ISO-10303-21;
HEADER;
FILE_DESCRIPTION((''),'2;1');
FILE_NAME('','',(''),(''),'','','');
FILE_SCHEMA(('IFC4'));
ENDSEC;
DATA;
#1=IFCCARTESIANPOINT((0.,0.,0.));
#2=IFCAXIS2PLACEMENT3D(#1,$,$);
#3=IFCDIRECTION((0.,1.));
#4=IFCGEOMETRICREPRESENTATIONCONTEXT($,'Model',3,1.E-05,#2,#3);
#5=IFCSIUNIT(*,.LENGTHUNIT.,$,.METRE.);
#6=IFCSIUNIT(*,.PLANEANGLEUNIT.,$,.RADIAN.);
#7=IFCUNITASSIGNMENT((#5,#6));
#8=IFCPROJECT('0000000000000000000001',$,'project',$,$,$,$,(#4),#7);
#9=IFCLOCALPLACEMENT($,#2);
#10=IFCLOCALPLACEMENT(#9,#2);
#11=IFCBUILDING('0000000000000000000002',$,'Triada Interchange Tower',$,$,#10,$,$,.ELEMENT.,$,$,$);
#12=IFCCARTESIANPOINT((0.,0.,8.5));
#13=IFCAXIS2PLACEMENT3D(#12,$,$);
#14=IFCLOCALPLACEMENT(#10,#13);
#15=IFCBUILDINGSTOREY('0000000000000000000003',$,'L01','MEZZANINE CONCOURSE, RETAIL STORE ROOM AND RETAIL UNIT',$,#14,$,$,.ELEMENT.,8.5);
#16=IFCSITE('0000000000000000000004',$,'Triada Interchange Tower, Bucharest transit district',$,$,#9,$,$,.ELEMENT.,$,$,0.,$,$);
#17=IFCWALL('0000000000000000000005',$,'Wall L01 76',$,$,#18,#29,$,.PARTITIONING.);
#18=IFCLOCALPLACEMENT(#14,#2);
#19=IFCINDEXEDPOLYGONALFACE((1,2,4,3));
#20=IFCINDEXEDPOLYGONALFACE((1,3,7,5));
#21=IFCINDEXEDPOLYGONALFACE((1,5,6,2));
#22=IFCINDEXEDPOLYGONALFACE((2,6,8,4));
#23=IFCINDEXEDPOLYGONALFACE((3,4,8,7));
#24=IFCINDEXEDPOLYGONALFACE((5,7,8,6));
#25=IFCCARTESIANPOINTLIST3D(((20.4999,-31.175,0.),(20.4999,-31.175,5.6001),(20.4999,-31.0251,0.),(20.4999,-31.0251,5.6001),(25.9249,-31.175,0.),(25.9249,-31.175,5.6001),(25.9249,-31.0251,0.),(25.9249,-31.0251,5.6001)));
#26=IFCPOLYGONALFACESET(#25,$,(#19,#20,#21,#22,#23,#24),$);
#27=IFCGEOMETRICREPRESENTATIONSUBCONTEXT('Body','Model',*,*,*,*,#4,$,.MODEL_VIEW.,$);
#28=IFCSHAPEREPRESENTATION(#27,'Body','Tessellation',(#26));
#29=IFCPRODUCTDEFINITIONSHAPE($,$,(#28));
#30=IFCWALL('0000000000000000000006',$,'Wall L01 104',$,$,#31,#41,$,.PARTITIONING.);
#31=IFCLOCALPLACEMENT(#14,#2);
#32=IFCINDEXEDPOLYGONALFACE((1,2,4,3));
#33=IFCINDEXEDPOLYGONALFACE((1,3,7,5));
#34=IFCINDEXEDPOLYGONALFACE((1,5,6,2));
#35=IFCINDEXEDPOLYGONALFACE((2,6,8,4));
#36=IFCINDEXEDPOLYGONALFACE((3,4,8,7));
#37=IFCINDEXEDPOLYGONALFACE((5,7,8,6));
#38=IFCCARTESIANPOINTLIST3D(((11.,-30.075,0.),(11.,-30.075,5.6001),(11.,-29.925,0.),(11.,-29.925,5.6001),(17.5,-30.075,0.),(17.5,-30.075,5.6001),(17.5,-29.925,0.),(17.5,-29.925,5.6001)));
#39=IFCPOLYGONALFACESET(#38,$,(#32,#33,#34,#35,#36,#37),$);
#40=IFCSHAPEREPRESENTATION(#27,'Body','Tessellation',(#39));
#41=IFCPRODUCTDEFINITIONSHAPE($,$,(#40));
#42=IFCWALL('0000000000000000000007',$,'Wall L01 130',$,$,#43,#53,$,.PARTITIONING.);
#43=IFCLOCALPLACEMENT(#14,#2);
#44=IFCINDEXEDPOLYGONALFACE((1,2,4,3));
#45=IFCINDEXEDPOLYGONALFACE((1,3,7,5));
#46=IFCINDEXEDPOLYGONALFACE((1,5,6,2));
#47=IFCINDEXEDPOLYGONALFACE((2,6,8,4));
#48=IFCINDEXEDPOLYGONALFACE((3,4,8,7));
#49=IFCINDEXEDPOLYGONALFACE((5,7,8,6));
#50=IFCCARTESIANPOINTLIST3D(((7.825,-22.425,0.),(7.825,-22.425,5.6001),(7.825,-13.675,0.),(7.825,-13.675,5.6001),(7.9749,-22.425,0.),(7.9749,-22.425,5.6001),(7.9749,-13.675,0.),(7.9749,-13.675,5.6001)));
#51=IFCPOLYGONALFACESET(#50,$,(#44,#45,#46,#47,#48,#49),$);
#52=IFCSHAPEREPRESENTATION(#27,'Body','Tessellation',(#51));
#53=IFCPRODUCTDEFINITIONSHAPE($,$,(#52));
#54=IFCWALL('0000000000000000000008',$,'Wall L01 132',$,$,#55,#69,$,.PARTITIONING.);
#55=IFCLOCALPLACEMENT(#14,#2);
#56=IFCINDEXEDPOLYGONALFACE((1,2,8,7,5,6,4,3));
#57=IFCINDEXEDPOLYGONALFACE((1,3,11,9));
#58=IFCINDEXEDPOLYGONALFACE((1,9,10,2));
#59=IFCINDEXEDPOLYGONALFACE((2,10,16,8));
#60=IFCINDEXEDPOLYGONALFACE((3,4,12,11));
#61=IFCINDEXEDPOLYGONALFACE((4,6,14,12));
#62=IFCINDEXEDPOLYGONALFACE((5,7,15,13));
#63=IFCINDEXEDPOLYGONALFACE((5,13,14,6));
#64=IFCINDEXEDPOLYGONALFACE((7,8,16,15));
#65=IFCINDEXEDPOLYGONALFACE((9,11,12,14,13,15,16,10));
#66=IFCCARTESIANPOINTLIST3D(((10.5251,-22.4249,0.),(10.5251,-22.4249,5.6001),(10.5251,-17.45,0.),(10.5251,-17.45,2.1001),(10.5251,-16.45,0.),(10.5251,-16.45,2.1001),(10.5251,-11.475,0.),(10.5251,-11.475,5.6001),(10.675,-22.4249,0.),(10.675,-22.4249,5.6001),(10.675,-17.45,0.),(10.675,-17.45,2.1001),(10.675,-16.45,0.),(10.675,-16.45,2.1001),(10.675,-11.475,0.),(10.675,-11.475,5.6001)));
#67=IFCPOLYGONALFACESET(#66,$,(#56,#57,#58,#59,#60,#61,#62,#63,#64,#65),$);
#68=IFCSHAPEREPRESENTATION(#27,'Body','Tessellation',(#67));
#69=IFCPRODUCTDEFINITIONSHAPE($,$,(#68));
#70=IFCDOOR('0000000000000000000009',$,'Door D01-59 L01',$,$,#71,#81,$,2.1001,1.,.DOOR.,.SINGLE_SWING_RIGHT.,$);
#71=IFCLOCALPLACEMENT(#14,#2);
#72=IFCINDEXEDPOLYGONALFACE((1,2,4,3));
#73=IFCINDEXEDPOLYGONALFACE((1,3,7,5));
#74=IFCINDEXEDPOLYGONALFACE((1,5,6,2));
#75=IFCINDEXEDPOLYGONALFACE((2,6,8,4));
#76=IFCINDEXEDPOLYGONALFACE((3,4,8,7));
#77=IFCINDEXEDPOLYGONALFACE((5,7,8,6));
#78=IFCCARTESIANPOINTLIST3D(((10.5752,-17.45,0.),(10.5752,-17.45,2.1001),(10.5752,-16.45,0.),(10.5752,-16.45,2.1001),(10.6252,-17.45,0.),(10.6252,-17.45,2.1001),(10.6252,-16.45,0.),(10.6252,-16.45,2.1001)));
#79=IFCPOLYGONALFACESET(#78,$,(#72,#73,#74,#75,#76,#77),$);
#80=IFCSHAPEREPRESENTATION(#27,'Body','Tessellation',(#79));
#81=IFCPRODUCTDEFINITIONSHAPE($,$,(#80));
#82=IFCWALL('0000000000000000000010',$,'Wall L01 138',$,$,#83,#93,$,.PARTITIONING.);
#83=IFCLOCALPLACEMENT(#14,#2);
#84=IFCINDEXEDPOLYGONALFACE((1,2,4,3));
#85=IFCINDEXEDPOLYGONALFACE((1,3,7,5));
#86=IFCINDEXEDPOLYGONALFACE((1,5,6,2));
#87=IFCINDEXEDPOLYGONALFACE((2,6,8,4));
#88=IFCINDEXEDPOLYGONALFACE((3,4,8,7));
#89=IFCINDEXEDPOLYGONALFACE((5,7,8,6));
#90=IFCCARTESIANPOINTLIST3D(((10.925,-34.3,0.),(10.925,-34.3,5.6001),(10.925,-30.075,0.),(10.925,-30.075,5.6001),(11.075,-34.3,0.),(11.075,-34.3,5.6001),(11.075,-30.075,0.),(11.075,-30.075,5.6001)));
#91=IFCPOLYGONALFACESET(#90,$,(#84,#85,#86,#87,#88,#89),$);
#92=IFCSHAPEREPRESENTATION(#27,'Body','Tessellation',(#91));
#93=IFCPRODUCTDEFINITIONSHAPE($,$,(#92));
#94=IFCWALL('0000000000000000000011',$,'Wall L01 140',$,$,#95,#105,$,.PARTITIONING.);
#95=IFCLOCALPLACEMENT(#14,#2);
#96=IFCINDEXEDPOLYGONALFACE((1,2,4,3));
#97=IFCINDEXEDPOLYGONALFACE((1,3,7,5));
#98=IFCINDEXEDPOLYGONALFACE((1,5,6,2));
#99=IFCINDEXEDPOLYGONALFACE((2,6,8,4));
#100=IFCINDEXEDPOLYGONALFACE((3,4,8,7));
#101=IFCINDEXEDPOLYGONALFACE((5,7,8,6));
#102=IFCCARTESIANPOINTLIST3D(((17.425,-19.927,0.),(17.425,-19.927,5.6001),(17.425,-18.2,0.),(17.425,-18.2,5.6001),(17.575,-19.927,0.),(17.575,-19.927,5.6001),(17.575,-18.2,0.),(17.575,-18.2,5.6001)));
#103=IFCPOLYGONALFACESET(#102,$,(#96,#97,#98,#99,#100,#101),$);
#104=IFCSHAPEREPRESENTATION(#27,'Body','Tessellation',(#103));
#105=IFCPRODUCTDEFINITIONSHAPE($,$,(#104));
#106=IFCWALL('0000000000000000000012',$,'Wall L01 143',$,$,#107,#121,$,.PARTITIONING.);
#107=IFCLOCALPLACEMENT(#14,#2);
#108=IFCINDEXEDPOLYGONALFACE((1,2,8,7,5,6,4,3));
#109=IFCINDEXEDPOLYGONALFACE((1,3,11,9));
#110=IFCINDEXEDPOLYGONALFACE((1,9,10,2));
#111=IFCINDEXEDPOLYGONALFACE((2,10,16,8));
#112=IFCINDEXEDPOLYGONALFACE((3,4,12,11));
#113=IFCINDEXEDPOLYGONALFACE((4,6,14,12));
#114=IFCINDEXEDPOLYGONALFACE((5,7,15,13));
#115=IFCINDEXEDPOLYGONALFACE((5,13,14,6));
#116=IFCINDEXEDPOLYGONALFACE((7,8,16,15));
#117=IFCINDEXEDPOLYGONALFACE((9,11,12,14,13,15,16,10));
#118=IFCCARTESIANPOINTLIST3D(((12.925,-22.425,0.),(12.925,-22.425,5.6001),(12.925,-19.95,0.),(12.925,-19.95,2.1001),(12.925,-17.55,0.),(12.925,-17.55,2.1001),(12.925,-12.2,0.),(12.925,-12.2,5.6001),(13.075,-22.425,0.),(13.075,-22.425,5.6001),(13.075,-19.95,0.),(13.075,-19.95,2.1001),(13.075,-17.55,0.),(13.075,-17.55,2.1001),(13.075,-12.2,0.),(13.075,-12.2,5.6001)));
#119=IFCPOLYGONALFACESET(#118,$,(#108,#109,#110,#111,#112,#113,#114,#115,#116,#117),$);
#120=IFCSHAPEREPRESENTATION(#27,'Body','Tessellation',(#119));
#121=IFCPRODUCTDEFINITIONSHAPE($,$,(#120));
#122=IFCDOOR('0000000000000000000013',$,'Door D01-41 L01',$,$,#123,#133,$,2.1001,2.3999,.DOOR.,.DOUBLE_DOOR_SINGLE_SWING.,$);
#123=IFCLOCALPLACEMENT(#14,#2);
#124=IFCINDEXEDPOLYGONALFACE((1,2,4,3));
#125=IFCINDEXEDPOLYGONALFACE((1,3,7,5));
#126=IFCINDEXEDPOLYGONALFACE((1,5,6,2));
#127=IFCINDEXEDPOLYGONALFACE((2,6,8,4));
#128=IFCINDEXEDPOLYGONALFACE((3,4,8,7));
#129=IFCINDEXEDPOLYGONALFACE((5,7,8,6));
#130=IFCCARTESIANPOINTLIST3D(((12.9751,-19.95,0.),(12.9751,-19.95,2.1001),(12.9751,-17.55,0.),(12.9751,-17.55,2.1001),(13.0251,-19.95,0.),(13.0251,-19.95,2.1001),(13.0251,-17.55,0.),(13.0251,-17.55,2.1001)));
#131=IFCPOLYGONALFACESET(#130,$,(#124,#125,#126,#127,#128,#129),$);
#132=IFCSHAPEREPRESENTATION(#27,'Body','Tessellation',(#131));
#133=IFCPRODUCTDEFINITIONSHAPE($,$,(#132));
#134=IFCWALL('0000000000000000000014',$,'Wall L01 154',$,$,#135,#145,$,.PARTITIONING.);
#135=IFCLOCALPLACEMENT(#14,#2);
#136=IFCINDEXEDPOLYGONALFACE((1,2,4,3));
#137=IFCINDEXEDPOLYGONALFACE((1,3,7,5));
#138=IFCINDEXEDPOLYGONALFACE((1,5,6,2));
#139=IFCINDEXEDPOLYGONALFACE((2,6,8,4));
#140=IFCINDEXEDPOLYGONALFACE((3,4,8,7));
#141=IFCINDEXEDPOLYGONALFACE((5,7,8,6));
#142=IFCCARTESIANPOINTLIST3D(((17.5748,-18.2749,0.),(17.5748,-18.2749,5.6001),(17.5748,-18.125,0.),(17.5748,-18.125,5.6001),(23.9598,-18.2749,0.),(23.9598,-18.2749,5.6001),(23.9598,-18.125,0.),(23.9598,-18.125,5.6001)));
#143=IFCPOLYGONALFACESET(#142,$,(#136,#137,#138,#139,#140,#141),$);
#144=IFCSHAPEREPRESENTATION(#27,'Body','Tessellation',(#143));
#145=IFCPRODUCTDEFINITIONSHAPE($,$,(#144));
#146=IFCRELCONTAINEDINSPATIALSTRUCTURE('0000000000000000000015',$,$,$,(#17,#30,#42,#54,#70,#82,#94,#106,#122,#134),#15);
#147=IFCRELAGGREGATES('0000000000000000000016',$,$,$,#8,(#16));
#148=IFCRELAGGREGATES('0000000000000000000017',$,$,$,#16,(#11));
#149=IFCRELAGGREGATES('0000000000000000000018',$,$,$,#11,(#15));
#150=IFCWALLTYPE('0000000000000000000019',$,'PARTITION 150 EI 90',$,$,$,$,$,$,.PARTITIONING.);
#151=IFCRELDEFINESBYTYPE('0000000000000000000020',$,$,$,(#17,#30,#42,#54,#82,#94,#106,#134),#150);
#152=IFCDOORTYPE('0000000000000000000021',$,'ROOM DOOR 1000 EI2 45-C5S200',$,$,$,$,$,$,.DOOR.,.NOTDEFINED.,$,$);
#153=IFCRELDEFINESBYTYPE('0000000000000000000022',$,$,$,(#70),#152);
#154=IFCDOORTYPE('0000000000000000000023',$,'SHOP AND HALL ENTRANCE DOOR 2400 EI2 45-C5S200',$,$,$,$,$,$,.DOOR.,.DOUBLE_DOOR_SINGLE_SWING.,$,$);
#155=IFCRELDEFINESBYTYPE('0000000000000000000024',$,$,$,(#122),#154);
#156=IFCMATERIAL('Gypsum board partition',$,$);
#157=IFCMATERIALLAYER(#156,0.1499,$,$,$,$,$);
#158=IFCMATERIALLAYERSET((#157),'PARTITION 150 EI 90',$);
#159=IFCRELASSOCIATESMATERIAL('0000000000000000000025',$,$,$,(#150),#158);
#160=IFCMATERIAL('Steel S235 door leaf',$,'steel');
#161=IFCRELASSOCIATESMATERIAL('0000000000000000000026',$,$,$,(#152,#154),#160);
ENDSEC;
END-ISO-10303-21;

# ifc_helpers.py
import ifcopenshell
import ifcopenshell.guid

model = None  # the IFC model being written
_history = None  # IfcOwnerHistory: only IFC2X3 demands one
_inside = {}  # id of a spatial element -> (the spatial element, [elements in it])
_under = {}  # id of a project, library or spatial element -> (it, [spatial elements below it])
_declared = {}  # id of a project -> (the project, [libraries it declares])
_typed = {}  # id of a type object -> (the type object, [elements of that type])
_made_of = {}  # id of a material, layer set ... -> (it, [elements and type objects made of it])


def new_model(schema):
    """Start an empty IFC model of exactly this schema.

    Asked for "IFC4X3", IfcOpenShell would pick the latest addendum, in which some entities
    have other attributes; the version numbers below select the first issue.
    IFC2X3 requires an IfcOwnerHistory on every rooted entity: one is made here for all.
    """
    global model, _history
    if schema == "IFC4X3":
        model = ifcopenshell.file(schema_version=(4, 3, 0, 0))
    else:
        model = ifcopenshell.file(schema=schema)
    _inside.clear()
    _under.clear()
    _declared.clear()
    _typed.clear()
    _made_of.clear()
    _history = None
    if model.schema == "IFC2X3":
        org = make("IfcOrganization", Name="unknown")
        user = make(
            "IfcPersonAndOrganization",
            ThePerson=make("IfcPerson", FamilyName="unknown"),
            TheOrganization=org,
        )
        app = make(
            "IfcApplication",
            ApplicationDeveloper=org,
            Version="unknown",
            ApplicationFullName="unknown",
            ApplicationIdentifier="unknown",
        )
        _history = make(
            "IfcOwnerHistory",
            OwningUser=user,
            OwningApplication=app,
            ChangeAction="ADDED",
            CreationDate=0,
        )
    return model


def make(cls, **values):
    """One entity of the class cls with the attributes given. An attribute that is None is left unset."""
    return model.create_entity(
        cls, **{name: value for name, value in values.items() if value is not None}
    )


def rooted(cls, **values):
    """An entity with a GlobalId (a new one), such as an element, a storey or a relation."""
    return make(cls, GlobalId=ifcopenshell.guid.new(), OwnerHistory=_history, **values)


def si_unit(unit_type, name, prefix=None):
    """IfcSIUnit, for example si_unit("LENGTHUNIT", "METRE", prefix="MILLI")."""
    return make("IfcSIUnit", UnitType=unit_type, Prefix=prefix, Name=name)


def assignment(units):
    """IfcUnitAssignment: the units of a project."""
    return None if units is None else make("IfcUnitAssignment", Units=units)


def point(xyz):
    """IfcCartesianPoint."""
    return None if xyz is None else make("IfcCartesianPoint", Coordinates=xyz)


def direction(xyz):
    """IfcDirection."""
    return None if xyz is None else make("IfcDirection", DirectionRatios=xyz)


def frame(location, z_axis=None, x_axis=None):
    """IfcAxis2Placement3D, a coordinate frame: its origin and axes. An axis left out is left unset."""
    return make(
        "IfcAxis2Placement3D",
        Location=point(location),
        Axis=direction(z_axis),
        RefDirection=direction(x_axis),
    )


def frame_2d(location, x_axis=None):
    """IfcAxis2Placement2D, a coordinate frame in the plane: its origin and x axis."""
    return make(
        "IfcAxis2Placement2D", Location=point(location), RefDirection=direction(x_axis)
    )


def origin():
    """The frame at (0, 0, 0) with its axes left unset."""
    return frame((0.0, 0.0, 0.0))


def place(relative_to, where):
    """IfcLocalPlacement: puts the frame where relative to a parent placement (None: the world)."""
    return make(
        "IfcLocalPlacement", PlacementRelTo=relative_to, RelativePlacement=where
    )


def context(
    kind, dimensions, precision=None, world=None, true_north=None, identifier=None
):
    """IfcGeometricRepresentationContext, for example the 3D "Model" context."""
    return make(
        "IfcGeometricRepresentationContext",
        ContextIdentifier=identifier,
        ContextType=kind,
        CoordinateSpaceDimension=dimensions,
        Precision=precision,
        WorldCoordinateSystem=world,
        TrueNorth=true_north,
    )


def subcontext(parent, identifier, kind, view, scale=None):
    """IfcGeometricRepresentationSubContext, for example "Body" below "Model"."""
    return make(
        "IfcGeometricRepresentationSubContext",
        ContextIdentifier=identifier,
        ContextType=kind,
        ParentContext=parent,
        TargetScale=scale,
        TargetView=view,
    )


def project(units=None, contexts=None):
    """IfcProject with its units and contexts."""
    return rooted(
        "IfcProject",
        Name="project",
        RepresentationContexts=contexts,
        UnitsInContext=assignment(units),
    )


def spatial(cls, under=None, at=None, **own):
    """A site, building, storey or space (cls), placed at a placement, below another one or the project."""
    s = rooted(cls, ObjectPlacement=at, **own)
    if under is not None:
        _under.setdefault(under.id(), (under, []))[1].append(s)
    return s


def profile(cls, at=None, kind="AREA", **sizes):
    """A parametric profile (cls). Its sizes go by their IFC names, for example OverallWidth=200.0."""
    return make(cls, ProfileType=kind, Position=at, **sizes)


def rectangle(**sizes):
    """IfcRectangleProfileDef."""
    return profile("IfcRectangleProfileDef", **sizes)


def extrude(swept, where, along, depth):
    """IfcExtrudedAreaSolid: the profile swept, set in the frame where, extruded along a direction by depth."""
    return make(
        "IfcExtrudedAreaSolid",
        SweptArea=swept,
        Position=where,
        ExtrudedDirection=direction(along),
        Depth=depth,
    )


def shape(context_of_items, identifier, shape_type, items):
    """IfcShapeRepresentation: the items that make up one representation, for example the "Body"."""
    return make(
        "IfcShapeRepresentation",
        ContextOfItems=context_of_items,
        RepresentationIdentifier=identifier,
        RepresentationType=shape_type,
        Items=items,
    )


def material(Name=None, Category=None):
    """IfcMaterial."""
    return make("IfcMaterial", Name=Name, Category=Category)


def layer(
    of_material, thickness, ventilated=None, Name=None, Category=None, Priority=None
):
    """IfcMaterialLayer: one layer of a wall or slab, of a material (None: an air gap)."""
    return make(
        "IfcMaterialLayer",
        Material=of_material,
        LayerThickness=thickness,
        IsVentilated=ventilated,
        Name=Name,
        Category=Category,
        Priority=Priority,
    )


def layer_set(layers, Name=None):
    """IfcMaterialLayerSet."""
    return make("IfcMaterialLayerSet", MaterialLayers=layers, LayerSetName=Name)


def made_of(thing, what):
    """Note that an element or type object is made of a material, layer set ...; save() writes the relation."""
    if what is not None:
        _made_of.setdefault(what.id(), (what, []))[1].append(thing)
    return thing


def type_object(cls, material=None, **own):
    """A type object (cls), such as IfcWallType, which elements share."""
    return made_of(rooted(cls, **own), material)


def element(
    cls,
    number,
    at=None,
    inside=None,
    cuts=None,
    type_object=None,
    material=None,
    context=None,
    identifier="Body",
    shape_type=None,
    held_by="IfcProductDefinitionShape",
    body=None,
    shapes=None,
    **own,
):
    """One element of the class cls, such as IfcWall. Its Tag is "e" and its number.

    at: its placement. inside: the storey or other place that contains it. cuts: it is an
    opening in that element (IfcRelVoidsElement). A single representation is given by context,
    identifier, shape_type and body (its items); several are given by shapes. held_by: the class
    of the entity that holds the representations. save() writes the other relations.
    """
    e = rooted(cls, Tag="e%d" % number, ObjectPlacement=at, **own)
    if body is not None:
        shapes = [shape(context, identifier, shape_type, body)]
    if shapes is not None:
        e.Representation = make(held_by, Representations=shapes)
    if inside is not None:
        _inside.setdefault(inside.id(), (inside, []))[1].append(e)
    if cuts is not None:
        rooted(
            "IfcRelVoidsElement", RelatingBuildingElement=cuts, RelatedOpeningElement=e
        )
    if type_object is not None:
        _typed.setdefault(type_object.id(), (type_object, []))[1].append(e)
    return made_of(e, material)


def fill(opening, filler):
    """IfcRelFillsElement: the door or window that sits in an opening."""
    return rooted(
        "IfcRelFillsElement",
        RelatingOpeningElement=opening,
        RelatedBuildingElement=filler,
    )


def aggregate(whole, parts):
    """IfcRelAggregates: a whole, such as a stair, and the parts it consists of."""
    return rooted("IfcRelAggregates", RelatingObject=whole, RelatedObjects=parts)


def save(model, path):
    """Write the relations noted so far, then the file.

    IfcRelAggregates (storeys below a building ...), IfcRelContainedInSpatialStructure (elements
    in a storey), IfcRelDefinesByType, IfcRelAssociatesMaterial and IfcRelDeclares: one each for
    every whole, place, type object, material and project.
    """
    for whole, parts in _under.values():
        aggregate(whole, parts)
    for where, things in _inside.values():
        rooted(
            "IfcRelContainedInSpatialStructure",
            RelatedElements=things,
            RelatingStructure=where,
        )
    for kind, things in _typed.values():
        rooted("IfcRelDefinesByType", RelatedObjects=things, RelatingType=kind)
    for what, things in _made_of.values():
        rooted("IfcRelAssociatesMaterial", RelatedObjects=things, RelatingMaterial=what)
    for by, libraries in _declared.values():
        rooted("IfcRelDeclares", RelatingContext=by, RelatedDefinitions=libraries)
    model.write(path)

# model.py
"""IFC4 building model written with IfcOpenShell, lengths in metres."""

from ifc_helpers import new_model, si_unit, direction, frame, frame_2d, origin, place, context, subcontext, project, spatial, rectangle, extrude, material, layer, layer_set, type_object, element, fill, save


model = new_model("IFC4")

# Units and contexts
model_context = context("Model", 3, precision=1e-05, world=origin(), true_north=direction((0.0, 1.0)))
body_context = subcontext(model_context, "Body", "Model", "MODEL_VIEW")
ifc_project = project(units=[si_unit("LENGTHUNIT", "METRE"), si_unit("PLANEANGLEUNIT", "RADIAN")], contexts=[model_context])

# Site, building, storey
site_placement = place(None, origin())
site = spatial("IfcSite", under=ifc_project, at=site_placement, Name="Triada Interchange Tower, Bucharest transit district", CompositionType="ELEMENT", RefElevation=0.0)
building_placement = place(site_placement, origin())
building = spatial("IfcBuilding", under=site, at=building_placement, Name="Triada Interchange Tower", CompositionType="ELEMENT")
storey_placement = place(building_placement, frame((0.0, 0.0, 8.5)))
storey = spatial("IfcBuildingStorey", under=building, at=storey_placement, Name="L01", Description="MEZZANINE CONCOURSE, RETAIL STORE ROOM AND RETAIL UNIT", CompositionType="ELEMENT", Elevation=8.5)

# Shared definitions
ifc_material_1 = material(Name="Gypsum board partition")

# Shared definitions
ifc_layer_1 = layer(ifc_material_1, 0.1499)
ifc_layer_set_1 = layer_set([ifc_layer_1], Name="PARTITION 150 EI 90")
wall_type_1 = type_object("IfcWallType", Name="PARTITION 150 EI 90", PredefinedType="PARTITIONING", material=ifc_layer_set_1)
ifc_material_2 = material(Name="Steel S235 door leaf", Category="steel")

# Walls
wall_1_placement = place(storey_placement, frame((20.5, -31.1001, 0.0), z_axis=(0.0, 0.0, 1.0), x_axis=(1.0, 0.0, 0.0)))
element("IfcWall", 1, at=wall_1_placement, inside=storey, type_object=wall_type_1, Name="Wall L01 76", PredefinedType="PARTITIONING", context=body_context, shape_type="SweptSolid", body=[
    extrude(rectangle(XDim=5.425, YDim=0.1499, at=frame_2d((2.7124, 0.0))), origin(), (0.0, 0.0, 1.0), 5.6001),
])
wall_2_placement = place(storey_placement, frame((11.0, -30.0, 0.0), z_axis=(0.0, 0.0, 1.0), x_axis=(1.0, 0.0, 0.0)))
element("IfcWall", 2, at=wall_2_placement, inside=storey, type_object=wall_type_1, Name="Wall L01 104", PredefinedType="PARTITIONING", context=body_context, shape_type="SweptSolid", body=[
    extrude(rectangle(XDim=6.5, YDim=0.1499, at=frame_2d((3.25, 0.0))), origin(), (0.0, 0.0, 1.0), 5.6001),
])
wall_3_placement = place(storey_placement, frame((7.8999, -22.425, 0.0), z_axis=(0.0, 0.0, 1.0), x_axis=(0.0, 1.0, 0.0)))
element("IfcWall", 3, at=wall_3_placement, inside=storey, type_object=wall_type_1, Name="Wall L01 130", PredefinedType="PARTITIONING", context=body_context, shape_type="SweptSolid", body=[
    extrude(rectangle(XDim=8.75, YDim=0.1499, at=frame_2d((4.375, 0.0))), origin(), (0.0, 0.0, 1.0), 5.6001),
])

# Wall, opening, door
wall_4_placement = place(storey_placement, frame((10.6001, -22.425, 0.0), z_axis=(0.0, 0.0, 1.0), x_axis=(0.0, 1.0, 0.0)))
wall_4 = element("IfcWall", 4, at=wall_4_placement, inside=storey, type_object=wall_type_1, Name="Wall L01 132", PredefinedType="PARTITIONING", context=body_context, shape_type="SweptSolid", body=[
    extrude(rectangle(XDim=10.95, YDim=0.1499, at=frame_2d((5.4751, 0.0))), origin(), (0.0, 0.0, 1.0), 5.6001),
])
opening_1_placement = place(wall_4_placement, frame((4.9751, 0.0, 0.0)))
opening_1 = element("IfcOpeningElement", 5, at=opening_1_placement, cuts=wall_4, PredefinedType="OPENING", context=body_context, shape_type="SweptSolid", body=[
    extrude(rectangle(XDim=1.0, YDim=2.1001, at=frame_2d((0.5, 1.05))), frame((0.0, 0.085, 0.0), z_axis=(0.0, -1.0, 0.0), x_axis=(1.0, 0.0, 0.0)), (0.0, 0.0, 1.0), 0.1699),
])
door_type_1 = type_object("IfcDoorType", Name="ROOM DOOR 1000 EI2 45-C5S200", OperationType="NOTDEFINED", PredefinedType="DOOR", material=ifc_material_2)
door_1_placement = place(opening_1_placement, origin())
door_1 = element("IfcDoor", 6, at=door_1_placement, inside=storey, type_object=door_type_1, Name="Door D01-59 L01", OperationType="SINGLE_SWING_RIGHT", OverallHeight=2.1001, OverallWidth=1.0, PredefinedType="DOOR", context=body_context, shape_type="SweptSolid", body=[
    extrude(rectangle(XDim=1.0, YDim=2.1001, at=frame_2d((0.5, 1.05))), frame((0.0, 0.0249, 0.0), z_axis=(0.0, -1.0, 0.0), x_axis=(1.0, 0.0, 0.0)), (0.0, 0.0, 1.0), 0.05),
])
fill(opening_1, door_1)

# Walls
wall_5_placement = place(storey_placement, frame((11.0, -34.3, 0.0), z_axis=(0.0, 0.0, 1.0), x_axis=(0.0, 1.0, 0.0)))
element("IfcWall", 7, at=wall_5_placement, inside=storey, type_object=wall_type_1, Name="Wall L01 138", PredefinedType="PARTITIONING", context=body_context, shape_type="SweptSolid", body=[
    extrude(rectangle(XDim=4.2251, YDim=0.1499, at=frame_2d((2.1125, 0.0))), origin(), (0.0, 0.0, 1.0), 5.6001),
])
wall_6_placement = place(storey_placement, frame((17.5, -19.927, 0.0), z_axis=(0.0, 0.0, 1.0), x_axis=(0.0, 1.0, 0.0)))
element("IfcWall", 8, at=wall_6_placement, inside=storey, type_object=wall_type_1, Name="Wall L01 140", PredefinedType="PARTITIONING", context=body_context, shape_type="SweptSolid", body=[
    extrude(rectangle(XDim=1.7271, YDim=0.1499, at=frame_2d((0.8635, 0.0))), origin(), (0.0, 0.0, 1.0), 5.6001),
])

# Wall, opening, door
wall_7_placement = place(storey_placement, frame((13.0, -22.425, 0.0), z_axis=(0.0, 0.0, 1.0), x_axis=(0.0, 1.0, 0.0)))
wall_7 = element("IfcWall", 9, at=wall_7_placement, inside=storey, type_object=wall_type_1, Name="Wall L01 143", PredefinedType="PARTITIONING", context=body_context, shape_type="SweptSolid", body=[
    extrude(rectangle(XDim=10.2251, YDim=0.1499, at=frame_2d((5.1125, 0.0))), origin(), (0.0, 0.0, 1.0), 5.6001),
])
opening_2_placement = place(wall_7_placement, frame((2.4751, 0.0, 0.0)))
opening_2 = element("IfcOpeningElement", 10, at=opening_2_placement, cuts=wall_7, PredefinedType="OPENING", context=body_context, shape_type="SweptSolid", body=[
    extrude(rectangle(XDim=2.3999, YDim=2.1001, at=frame_2d((1.2, 1.05))), frame((0.0, 0.085, 0.0), z_axis=(0.0, -1.0, 0.0), x_axis=(1.0, 0.0, 0.0)), (0.0, 0.0, 1.0), 0.1699),
])
door_type_2 = type_object("IfcDoorType", Name="SHOP AND HALL ENTRANCE DOOR 2400 EI2 45-C5S200", OperationType="DOUBLE_DOOR_SINGLE_SWING", PredefinedType="DOOR", material=ifc_material_2)
door_2_placement = place(opening_2_placement, origin())
door_2 = element("IfcDoor", 11, at=door_2_placement, inside=storey, type_object=door_type_2, Name="Door D01-41 L01", OperationType="DOUBLE_DOOR_SINGLE_SWING", OverallHeight=2.1001, OverallWidth=2.3999, PredefinedType="DOOR", context=body_context, shape_type="SweptSolid", body=[
    extrude(rectangle(XDim=2.3999, YDim=2.1001, at=frame_2d((1.2, 1.05))), frame((0.0, 0.0249, 0.0), z_axis=(0.0, -1.0, 0.0), x_axis=(1.0, 0.0, 0.0)), (0.0, 0.0, 1.0), 0.05),
])
fill(opening_2, door_2)

# Wall
wall_8_placement = place(storey_placement, frame((17.575, -18.2, 0.0), z_axis=(0.0, 0.0, 1.0), x_axis=(1.0, 0.0, 0.0)))
element("IfcWall", 12, at=wall_8_placement, inside=storey, type_object=wall_type_1, Name="Wall L01 154", PredefinedType="PARTITIONING", context=body_context, shape_type="SweptSolid", body=[
    extrude(rectangle(XDim=6.385, YDim=0.1499, at=frame_2d((3.1924, 0.0))), origin(), (0.0, 0.0, 1.0), 5.6001),
])

save(model, "model.ifc")
